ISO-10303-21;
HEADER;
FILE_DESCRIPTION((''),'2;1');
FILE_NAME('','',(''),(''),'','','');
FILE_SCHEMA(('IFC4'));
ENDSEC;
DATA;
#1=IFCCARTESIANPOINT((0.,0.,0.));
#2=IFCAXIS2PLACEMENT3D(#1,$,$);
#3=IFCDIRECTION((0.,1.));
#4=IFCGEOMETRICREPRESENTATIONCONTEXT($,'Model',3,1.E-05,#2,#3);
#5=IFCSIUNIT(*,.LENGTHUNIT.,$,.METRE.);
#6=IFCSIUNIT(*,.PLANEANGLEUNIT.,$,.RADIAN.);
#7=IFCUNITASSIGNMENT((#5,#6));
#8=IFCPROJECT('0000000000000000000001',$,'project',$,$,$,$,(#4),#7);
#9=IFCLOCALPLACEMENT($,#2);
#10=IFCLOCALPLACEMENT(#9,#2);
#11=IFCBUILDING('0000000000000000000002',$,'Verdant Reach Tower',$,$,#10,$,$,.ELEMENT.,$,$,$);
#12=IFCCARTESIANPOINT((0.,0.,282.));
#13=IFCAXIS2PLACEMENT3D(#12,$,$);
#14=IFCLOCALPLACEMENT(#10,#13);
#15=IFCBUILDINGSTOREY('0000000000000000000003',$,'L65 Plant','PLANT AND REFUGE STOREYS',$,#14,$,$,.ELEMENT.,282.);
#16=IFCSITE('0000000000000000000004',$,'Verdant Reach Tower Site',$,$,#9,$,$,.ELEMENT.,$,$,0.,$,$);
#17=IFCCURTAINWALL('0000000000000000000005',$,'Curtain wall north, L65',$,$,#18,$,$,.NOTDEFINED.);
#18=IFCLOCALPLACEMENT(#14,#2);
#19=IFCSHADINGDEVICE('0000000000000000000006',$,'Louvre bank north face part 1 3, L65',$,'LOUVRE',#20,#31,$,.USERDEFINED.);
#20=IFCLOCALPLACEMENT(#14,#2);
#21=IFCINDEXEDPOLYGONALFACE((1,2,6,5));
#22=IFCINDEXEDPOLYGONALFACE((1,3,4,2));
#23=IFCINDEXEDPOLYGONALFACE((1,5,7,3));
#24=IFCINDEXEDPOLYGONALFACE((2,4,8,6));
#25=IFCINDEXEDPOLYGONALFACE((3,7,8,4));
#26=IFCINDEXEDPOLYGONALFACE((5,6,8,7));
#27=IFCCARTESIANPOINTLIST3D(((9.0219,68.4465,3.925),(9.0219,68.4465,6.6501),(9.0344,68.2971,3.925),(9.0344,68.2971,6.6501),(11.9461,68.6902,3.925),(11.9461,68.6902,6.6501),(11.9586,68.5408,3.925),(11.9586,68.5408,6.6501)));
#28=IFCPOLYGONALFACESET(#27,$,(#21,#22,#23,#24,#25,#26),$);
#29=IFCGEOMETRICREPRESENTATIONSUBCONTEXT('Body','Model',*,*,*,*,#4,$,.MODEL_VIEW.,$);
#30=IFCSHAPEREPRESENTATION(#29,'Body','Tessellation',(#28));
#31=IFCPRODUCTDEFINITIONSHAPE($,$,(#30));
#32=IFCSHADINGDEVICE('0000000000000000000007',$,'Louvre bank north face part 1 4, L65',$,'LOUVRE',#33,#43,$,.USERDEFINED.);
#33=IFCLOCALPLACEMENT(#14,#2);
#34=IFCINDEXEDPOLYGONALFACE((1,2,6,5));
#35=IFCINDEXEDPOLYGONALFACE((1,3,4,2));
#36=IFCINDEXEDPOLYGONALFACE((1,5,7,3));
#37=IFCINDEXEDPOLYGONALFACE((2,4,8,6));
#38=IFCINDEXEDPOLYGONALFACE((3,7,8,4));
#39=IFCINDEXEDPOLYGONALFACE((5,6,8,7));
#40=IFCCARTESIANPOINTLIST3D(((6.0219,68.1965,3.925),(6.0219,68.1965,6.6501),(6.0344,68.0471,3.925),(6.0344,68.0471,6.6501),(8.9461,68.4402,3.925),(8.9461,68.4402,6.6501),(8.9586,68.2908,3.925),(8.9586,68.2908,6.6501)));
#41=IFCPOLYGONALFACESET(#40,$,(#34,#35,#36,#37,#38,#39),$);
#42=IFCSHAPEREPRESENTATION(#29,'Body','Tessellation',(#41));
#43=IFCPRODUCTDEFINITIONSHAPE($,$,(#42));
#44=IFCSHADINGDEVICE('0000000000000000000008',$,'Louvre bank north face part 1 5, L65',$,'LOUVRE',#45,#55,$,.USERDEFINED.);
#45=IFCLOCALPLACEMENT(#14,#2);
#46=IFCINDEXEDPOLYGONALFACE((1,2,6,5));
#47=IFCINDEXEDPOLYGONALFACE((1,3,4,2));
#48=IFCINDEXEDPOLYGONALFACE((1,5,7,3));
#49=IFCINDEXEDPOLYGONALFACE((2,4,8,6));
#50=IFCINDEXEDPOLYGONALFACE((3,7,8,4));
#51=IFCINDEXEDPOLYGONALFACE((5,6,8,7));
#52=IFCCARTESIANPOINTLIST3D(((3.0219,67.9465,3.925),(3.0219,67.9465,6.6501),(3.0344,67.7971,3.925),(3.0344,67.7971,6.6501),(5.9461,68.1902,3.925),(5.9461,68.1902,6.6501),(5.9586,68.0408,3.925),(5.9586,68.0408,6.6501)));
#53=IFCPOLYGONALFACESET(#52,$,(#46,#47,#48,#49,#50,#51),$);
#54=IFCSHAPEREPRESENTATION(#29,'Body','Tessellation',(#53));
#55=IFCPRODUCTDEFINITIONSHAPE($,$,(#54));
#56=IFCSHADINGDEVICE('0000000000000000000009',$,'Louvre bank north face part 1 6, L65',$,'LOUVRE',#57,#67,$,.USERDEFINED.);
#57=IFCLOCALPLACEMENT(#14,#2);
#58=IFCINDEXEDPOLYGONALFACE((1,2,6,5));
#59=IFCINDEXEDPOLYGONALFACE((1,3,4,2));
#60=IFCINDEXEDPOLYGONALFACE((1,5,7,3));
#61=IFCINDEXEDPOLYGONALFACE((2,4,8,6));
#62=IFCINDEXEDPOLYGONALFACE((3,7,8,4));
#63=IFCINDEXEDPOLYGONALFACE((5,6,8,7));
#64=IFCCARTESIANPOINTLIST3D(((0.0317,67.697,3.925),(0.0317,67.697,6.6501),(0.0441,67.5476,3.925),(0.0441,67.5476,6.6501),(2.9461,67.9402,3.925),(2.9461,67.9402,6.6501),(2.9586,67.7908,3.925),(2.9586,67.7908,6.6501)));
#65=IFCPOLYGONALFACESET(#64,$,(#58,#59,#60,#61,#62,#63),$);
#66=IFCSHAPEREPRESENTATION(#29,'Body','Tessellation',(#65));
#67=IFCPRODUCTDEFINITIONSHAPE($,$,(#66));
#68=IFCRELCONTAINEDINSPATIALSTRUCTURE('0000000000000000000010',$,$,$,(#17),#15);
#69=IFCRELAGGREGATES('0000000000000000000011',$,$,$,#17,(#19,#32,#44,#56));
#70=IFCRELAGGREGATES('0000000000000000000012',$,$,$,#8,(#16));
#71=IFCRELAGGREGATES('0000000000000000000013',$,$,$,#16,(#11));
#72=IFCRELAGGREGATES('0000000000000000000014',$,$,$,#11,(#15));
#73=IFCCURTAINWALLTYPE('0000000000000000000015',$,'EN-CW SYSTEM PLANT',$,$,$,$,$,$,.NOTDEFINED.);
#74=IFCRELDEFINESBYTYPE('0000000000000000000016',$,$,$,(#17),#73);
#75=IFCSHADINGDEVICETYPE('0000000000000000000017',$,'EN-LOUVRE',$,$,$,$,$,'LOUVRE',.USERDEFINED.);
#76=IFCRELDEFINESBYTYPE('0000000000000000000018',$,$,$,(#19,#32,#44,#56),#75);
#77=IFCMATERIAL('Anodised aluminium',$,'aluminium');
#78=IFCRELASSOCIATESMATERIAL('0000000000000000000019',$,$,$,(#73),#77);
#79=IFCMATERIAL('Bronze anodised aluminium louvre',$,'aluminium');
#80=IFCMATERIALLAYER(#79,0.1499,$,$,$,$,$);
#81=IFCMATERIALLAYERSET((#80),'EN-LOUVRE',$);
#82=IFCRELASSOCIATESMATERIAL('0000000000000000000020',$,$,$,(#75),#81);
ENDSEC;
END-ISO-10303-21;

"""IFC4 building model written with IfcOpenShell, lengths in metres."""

from ifc_helpers import new_model, si_unit, direction, frame, origin, origin_2d, place, context, subcontext, project, spatial, rectangle, extrude, material, layer, layer_set, type_object, element, aggregate, save


model = new_model("IFC4")

# Units and contexts
model_context = context("Model", 3, precision=1e-05, world=origin(), true_north=direction((0.0, 1.0)))
body_context = subcontext(model_context, "Body", "Model", "MODEL_VIEW")
ifc_project = project(units=[si_unit("LENGTHUNIT", "METRE"), si_unit("PLANEANGLEUNIT", "RADIAN")], contexts=[model_context])

# Site, building, storey
site_placement = place(None, origin())
site = spatial("IfcSite", under=ifc_project, at=site_placement, Name="Verdant Reach Tower Site", CompositionType="ELEMENT", RefElevation=0.0)
building_placement = place(site_placement, origin())
building = spatial("IfcBuilding", under=site, at=building_placement, Name="Verdant Reach Tower", CompositionType="ELEMENT")
storey_placement = place(building_placement, frame((0.0, 0.0, 282.0)))
storey = spatial("IfcBuildingStorey", under=building, at=storey_placement, Name="L65 Plant", Description="PLANT AND REFUGE STOREYS", CompositionType="ELEMENT", Elevation=282.0)

# Curtain wall
ifc_material_1 = material(Name="Anodised aluminium", Category="aluminium")
curtain_wall_type = type_object("IfcCurtainWallType", Name="EN-CW SYSTEM PLANT", PredefinedType="NOTDEFINED", material=ifc_material_1)
curtain_wall_placement = place(storey_placement, origin())
curtain_wall = element("IfcCurtainWall", 1, at=curtain_wall_placement, inside=storey, type_object=curtain_wall_type, Name="Curtain wall north, L65", PredefinedType="NOTDEFINED")

# Shading devices
ifc_material_2 = material(Name="Bronze anodised aluminium louvre", Category="aluminium")
ifc_layer_1 = layer(ifc_material_2, 0.1499)
ifc_layer_set_1 = layer_set([ifc_layer_1], Name="EN-LOUVRE")
shading_device_type = type_object("IfcShadingDeviceType", Name="EN-LOUVRE", ElementType="LOUVRE", PredefinedType="USERDEFINED", material=ifc_layer_set_1)
shading_device_1_placement = place(storey_placement, frame((10.4902, 68.4937, 3.925), z_axis=(0.0, 0.0, 1.0), x_axis=(-0.996546, -0.083045, 0.0)))
shading_device_1 = element("IfcShadingDevice", 2, at=shading_device_1_placement, type_object=shading_device_type, Name="Louvre bank north face part 1 3, L65", ObjectType="LOUVRE", PredefinedType="USERDEFINED", context=body_context, shape_type="SweptSolid", body=[
    extrude(rectangle(XDim=2.9343, YDim=0.1499, at=origin_2d()), origin(), (0.0, 0.0, 1.0), 2.7251),
])
shading_device_2_placement = place(storey_placement, frame((7.4902, 68.2437, 3.925), z_axis=(0.0, 0.0, 1.0), x_axis=(-0.996546, -0.083045, 0.0)))
shading_device_2 = element("IfcShadingDevice", 3, at=shading_device_2_placement, type_object=shading_device_type, Name="Louvre bank north face part 1 4, L65", ObjectType="LOUVRE", PredefinedType="USERDEFINED", context=body_context, shape_type="SweptSolid", body=[
    extrude(rectangle(XDim=2.9343, YDim=0.1499, at=origin_2d()), origin(), (0.0, 0.0, 1.0), 2.7251),
])
shading_device_3_placement = place(storey_placement, frame((4.4902, 67.9937, 3.925), z_axis=(0.0, 0.0, 1.0), x_axis=(-0.996546, -0.083045, 0.0)))
shading_device_3 = element("IfcShadingDevice", 4, at=shading_device_3_placement, type_object=shading_device_type, Name="Louvre bank north face part 1 5, L65", ObjectType="LOUVRE", PredefinedType="USERDEFINED", context=body_context, shape_type="SweptSolid", body=[
    extrude(rectangle(XDim=2.9343, YDim=0.1499, at=origin_2d()), origin(), (0.0, 0.0, 1.0), 2.7251),
])
shading_device_4_placement = place(storey_placement, frame((1.4951, 67.7439, 3.925), z_axis=(0.0, 0.0, 1.0), x_axis=(-0.996534, -0.083182, 0.0)))
shading_device_4 = element("IfcShadingDevice", 5, at=shading_device_4_placement, type_object=shading_device_type, Name="Louvre bank north face part 1 6, L65", ObjectType="LOUVRE", PredefinedType="USERDEFINED", context=body_context, shape_type="SweptSolid", body=[
    extrude(rectangle(XDim=2.9246, YDim=0.1499, at=origin_2d()), origin(), (0.0, 0.0, 1.0), 2.7251),
])
aggregate(curtain_wall, [shading_device_1, shading_device_2, shading_device_3, shading_device_4])

save(model, "model.ifc")
